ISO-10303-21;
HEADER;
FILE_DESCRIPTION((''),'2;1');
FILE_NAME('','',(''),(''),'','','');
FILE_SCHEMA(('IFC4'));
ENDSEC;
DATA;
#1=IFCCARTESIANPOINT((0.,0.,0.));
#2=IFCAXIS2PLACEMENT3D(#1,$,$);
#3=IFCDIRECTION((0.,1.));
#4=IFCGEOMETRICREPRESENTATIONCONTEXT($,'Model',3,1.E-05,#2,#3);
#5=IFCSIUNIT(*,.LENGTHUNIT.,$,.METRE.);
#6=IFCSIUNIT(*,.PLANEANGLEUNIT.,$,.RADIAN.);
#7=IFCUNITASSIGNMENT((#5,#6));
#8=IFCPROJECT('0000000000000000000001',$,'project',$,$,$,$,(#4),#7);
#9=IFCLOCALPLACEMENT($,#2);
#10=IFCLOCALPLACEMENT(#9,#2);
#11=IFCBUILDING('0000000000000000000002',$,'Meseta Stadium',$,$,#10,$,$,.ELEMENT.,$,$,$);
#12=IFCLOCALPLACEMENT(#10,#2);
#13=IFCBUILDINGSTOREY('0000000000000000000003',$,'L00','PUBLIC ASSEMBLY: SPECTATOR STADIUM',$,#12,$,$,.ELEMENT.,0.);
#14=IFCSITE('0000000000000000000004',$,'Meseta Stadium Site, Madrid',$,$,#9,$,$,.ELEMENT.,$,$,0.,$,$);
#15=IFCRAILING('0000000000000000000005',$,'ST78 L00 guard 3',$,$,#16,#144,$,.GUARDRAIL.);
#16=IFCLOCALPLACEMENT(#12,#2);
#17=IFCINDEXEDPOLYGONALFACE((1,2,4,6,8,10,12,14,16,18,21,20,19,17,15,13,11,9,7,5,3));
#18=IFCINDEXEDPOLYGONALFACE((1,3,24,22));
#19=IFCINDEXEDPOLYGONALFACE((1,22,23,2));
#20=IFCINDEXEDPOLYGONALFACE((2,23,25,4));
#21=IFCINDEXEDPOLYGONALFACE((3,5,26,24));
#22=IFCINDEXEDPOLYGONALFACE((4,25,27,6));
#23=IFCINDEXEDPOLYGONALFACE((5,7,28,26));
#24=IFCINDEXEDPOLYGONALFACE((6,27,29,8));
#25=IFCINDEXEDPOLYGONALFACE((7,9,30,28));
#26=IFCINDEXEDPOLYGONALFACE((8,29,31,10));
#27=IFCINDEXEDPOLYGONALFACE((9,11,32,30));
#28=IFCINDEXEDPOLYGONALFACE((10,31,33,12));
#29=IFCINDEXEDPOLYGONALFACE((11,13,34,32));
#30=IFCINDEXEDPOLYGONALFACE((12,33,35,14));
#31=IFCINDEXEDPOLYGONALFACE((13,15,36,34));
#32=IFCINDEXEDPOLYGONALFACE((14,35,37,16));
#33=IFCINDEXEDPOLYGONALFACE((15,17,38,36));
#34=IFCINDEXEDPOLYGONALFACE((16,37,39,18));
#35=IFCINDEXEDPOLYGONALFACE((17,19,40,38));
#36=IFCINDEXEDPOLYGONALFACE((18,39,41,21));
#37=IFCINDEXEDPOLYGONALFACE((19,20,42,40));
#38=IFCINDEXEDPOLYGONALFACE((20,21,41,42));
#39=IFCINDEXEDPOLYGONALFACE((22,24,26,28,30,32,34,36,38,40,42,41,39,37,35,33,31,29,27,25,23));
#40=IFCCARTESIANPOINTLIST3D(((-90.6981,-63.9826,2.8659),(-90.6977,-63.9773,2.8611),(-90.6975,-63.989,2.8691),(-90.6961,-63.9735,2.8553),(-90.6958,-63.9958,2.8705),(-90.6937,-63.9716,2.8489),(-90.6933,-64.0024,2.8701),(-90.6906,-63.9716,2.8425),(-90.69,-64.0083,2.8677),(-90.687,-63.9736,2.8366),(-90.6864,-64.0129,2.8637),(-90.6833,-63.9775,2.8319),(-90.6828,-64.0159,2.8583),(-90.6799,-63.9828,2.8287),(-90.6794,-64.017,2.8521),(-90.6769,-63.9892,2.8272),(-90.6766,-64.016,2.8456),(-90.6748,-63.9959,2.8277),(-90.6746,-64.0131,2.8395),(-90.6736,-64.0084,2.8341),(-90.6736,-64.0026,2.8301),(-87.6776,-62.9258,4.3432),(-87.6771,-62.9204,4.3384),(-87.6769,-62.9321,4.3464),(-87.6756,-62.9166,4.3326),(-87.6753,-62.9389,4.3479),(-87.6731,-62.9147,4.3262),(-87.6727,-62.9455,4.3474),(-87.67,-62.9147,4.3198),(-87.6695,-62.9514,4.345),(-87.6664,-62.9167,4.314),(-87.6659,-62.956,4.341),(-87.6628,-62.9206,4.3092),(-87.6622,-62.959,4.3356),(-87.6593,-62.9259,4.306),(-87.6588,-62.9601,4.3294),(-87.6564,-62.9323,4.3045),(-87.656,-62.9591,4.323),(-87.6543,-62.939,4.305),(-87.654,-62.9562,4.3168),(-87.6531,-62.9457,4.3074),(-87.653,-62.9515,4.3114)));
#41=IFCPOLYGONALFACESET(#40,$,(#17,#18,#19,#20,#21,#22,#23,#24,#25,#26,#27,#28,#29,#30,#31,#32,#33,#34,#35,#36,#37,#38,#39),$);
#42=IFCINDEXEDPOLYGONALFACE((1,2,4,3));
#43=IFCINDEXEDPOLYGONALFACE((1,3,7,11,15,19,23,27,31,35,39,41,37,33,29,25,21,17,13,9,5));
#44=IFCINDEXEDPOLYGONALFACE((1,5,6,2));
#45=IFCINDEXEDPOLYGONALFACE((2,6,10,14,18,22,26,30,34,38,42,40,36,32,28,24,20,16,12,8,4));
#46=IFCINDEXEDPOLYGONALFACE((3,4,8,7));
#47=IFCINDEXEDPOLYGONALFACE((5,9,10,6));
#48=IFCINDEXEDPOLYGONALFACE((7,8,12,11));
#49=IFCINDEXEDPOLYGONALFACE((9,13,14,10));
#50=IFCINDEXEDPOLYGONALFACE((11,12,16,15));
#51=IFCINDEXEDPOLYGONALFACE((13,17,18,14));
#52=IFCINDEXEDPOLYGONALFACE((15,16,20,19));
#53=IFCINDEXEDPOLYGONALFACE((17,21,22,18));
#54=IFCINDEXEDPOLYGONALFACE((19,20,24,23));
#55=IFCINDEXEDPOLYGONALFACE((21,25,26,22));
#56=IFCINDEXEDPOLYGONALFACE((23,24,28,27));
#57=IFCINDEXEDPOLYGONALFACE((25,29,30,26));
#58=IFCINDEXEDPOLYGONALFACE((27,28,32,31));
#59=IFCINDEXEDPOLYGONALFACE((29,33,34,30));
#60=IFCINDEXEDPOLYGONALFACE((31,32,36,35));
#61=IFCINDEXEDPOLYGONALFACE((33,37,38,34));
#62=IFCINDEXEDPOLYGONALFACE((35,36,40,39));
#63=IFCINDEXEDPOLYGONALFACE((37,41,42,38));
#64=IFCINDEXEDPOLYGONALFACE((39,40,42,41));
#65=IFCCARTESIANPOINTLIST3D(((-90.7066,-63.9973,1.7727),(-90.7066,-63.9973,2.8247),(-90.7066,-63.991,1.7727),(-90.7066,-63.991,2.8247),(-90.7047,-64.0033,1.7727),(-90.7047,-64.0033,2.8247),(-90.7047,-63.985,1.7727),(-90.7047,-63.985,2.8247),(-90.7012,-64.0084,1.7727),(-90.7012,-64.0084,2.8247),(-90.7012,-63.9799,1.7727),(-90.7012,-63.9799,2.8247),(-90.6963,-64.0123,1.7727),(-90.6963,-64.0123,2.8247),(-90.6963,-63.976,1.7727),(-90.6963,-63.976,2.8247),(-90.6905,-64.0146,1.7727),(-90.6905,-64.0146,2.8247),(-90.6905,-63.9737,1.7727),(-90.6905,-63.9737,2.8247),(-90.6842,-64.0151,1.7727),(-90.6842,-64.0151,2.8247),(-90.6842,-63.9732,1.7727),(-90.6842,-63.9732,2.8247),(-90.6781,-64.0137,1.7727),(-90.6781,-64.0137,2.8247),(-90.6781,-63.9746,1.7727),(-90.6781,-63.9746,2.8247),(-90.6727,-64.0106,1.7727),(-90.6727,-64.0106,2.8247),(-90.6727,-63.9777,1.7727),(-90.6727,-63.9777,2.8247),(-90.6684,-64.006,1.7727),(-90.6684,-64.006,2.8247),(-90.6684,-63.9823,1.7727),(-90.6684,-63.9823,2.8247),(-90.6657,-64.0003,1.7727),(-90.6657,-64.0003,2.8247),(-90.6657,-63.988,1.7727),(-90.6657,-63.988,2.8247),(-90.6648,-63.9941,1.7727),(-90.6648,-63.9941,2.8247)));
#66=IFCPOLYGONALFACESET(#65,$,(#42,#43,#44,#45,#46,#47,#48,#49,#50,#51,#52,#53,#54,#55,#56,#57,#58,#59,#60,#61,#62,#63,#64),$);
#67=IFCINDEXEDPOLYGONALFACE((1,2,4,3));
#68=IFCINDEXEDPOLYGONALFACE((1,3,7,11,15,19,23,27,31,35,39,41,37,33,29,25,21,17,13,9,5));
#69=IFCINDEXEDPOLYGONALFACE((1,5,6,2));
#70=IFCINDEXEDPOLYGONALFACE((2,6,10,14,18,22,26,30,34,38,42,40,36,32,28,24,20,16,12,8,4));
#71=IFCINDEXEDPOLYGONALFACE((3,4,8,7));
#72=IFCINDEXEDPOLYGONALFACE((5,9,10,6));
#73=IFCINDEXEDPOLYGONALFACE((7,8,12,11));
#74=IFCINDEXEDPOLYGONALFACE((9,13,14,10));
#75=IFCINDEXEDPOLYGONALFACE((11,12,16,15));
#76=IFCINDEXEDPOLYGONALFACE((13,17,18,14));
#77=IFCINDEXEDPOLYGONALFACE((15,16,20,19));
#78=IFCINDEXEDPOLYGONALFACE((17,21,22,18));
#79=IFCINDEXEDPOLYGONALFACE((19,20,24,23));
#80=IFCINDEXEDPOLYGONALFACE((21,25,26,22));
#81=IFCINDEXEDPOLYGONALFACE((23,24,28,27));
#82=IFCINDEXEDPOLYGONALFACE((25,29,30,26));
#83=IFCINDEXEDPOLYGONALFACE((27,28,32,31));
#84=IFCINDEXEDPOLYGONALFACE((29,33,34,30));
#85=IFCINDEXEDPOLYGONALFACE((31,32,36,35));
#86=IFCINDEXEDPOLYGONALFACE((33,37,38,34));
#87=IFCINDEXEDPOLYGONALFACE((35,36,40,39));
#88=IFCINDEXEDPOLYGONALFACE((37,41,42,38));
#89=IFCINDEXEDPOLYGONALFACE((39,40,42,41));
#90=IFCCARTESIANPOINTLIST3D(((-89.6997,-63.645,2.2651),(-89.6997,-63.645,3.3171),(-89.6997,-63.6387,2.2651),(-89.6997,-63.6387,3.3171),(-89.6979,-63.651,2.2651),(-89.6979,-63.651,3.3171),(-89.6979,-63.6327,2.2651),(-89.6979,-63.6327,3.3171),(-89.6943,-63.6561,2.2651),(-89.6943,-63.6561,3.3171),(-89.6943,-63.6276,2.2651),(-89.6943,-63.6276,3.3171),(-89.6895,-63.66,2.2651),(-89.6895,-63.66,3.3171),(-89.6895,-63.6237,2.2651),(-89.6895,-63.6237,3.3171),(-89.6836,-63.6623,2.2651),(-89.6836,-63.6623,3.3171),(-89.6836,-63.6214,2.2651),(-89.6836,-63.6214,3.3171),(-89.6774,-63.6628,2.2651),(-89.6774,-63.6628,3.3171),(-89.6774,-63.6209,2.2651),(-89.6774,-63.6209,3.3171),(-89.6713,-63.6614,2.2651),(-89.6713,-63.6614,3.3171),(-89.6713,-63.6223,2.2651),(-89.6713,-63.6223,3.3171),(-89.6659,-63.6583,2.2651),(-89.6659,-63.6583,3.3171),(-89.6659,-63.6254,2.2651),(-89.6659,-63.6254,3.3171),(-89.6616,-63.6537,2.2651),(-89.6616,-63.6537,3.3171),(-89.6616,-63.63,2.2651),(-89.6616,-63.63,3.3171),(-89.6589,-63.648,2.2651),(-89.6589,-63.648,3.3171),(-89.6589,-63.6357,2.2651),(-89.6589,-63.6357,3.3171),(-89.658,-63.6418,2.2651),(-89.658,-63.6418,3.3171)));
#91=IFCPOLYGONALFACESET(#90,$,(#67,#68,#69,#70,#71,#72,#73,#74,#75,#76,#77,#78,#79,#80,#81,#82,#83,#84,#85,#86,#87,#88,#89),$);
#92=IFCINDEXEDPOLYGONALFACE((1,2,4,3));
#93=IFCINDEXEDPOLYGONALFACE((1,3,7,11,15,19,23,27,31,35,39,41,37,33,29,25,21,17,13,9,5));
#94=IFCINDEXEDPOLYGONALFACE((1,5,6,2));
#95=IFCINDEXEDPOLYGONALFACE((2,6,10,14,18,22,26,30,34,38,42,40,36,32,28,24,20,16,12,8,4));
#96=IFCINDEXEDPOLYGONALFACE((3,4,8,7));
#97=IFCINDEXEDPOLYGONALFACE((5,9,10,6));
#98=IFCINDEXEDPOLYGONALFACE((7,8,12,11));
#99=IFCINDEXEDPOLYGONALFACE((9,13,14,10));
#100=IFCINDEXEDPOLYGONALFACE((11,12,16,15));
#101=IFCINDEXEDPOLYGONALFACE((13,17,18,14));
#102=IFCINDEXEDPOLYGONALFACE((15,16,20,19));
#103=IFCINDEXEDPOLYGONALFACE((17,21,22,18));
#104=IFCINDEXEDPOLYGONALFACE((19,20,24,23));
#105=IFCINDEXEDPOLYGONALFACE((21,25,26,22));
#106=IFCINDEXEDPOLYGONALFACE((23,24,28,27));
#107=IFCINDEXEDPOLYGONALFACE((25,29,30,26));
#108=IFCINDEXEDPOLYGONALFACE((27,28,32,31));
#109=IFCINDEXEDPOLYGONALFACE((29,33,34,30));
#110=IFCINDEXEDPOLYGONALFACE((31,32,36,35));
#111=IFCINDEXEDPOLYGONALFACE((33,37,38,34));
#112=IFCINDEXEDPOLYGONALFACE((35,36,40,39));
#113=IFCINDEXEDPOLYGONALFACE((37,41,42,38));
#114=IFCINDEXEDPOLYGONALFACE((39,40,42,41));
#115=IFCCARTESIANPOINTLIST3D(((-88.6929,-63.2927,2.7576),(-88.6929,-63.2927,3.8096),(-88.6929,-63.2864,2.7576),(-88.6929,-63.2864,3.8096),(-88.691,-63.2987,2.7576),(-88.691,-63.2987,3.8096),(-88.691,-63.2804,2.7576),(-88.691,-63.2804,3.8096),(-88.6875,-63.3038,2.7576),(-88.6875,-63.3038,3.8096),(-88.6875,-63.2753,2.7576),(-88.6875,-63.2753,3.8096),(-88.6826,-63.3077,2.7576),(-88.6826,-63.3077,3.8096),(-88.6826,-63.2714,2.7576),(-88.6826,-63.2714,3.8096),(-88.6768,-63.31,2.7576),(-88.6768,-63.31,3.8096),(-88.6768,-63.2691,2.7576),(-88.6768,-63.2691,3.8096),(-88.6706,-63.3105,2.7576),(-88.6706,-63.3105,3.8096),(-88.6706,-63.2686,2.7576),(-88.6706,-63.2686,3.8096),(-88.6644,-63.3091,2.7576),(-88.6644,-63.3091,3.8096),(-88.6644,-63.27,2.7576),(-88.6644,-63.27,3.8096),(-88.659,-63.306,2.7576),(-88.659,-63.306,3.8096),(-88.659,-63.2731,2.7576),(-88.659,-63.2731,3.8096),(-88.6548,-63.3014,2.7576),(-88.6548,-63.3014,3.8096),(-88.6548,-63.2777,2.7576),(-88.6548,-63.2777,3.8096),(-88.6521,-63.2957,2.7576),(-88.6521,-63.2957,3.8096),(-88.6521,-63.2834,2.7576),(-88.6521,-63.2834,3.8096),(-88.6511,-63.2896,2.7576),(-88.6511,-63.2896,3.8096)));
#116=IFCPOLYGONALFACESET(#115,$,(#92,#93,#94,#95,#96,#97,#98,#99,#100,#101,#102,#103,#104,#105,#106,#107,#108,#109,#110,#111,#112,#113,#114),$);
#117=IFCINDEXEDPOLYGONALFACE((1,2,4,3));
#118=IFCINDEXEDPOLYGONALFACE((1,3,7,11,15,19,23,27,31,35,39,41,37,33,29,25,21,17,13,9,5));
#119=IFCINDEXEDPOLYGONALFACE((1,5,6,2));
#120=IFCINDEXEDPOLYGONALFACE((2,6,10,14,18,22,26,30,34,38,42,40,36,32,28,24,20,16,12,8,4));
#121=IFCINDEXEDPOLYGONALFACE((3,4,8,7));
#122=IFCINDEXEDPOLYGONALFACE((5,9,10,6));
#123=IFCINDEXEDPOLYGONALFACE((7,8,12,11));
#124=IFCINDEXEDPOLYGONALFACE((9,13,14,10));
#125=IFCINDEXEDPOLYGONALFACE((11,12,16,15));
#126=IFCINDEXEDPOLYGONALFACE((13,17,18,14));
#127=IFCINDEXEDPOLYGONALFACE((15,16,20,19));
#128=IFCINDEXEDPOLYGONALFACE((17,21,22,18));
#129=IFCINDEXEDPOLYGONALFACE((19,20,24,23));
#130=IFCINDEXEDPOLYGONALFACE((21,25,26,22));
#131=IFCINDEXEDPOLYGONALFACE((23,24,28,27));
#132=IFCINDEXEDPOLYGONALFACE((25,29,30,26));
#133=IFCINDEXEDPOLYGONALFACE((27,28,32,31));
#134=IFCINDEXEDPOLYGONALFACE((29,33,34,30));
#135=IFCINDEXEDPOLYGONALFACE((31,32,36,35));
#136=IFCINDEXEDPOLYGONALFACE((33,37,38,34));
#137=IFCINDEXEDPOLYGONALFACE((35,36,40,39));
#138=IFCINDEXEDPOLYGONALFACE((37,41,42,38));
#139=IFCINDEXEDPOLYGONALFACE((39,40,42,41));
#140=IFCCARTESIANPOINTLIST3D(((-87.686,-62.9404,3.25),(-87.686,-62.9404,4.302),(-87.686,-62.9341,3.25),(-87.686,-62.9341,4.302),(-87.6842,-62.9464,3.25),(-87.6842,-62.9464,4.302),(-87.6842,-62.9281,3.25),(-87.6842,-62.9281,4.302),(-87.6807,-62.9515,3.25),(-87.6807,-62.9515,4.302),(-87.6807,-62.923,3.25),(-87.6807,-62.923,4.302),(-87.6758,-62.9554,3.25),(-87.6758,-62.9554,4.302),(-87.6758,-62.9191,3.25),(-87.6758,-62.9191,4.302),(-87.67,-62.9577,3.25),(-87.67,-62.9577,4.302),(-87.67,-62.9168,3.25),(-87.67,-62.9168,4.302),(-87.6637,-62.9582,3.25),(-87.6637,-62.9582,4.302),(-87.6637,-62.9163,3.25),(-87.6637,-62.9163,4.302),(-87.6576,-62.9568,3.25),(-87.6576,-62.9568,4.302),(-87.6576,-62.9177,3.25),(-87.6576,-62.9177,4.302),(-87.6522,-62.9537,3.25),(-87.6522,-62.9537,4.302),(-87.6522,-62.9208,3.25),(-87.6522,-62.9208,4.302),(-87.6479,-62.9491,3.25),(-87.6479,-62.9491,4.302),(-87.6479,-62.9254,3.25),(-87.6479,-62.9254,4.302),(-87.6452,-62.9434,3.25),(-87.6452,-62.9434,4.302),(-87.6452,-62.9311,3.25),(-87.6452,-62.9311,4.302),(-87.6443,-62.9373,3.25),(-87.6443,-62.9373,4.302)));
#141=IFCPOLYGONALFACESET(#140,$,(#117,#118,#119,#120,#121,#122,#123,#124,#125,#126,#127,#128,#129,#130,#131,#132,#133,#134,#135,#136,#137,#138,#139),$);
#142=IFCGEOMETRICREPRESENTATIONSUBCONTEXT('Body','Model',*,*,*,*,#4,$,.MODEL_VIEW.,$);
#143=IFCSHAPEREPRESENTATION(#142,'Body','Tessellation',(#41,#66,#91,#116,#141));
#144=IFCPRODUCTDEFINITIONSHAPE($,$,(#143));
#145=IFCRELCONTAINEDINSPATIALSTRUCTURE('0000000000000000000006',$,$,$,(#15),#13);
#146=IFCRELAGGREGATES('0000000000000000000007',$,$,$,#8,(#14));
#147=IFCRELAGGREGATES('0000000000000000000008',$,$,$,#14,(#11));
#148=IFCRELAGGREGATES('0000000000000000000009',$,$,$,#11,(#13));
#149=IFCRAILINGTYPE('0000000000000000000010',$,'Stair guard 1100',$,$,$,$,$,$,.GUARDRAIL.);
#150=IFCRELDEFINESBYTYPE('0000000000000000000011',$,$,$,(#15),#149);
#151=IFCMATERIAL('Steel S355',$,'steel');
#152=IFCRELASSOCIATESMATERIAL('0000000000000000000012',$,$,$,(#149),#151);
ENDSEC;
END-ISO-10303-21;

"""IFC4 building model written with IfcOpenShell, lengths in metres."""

from ifc_helpers import new_model, si_unit, direction, frame, origin, origin_2d, place, context, subcontext, project, spatial, circle, extrude, material, type_object, element, save


model = new_model("IFC4")

# Units and contexts
model_context = context("Model", 3, precision=1e-05, world=origin(), true_north=direction((0.0, 1.0)))
body_context = subcontext(model_context, "Body", "Model", "MODEL_VIEW")
ifc_project = project(units=[si_unit("LENGTHUNIT", "METRE"), si_unit("PLANEANGLEUNIT", "RADIAN")], contexts=[model_context])

# Site, building, storey
site_placement = place(None, origin())
site = spatial("IfcSite", under=ifc_project, at=site_placement, Name="Meseta Stadium Site, Madrid", CompositionType="ELEMENT", RefElevation=0.0)
building_placement = place(site_placement, origin())
building = spatial("IfcBuilding", under=site, at=building_placement, Name="Meseta Stadium", CompositionType="ELEMENT")
storey_placement = place(building_placement, origin())
storey = spatial("IfcBuildingStorey", under=building, at=storey_placement, Name="L00", Description="PUBLIC ASSEMBLY: SPECTATOR STADIUM", CompositionType="ELEMENT", Elevation=0.0)

# Railing
ifc_material_1 = material(Name="Steel S355", Category="steel")
railing_type_1 = type_object("IfcRailingType", Name="Stair guard 1100", PredefinedType="GUARDRAIL", material=ifc_material_1)
railing_1_placement = place(storey_placement, frame((-90.6858, -63.9941, 1.7727)))
element("IfcRailing", 1, at=railing_1_placement, inside=storey, type_object=railing_type_1, Name="ST78 L00 guard 3", PredefinedType="GUARDRAIL", context=body_context, shape_type="SweptSolid", body=[
    extrude(circle(Radius=0.0239, at=origin_2d()), frame((0.0, 0.0, 1.0762), z_axis=(0.856977, 0.299859, 0.419137), x_axis=(-0.330269, 0.943887, 0.0)), (0.0, 0.0, 1.0), 3.5247),
    extrude(circle(Radius=0.021, at=origin_2d()), origin(), (0.0, 0.0, 1.0), 1.052),
    extrude(circle(Radius=0.021, at=origin_2d()), frame((1.0068, 0.3523, 0.4924)), (0.0, 0.0, 1.0), 1.052),
    extrude(circle(Radius=0.021, at=origin_2d()), frame((2.0137, 0.7046, 0.9849)), (0.0, 0.0, 1.0), 1.052),
    extrude(circle(Radius=0.021, at=origin_2d()), frame((3.0205, 1.0569, 1.4773)), (0.0, 0.0, 1.0), 1.052),
])

save(model, "model.ifc")
